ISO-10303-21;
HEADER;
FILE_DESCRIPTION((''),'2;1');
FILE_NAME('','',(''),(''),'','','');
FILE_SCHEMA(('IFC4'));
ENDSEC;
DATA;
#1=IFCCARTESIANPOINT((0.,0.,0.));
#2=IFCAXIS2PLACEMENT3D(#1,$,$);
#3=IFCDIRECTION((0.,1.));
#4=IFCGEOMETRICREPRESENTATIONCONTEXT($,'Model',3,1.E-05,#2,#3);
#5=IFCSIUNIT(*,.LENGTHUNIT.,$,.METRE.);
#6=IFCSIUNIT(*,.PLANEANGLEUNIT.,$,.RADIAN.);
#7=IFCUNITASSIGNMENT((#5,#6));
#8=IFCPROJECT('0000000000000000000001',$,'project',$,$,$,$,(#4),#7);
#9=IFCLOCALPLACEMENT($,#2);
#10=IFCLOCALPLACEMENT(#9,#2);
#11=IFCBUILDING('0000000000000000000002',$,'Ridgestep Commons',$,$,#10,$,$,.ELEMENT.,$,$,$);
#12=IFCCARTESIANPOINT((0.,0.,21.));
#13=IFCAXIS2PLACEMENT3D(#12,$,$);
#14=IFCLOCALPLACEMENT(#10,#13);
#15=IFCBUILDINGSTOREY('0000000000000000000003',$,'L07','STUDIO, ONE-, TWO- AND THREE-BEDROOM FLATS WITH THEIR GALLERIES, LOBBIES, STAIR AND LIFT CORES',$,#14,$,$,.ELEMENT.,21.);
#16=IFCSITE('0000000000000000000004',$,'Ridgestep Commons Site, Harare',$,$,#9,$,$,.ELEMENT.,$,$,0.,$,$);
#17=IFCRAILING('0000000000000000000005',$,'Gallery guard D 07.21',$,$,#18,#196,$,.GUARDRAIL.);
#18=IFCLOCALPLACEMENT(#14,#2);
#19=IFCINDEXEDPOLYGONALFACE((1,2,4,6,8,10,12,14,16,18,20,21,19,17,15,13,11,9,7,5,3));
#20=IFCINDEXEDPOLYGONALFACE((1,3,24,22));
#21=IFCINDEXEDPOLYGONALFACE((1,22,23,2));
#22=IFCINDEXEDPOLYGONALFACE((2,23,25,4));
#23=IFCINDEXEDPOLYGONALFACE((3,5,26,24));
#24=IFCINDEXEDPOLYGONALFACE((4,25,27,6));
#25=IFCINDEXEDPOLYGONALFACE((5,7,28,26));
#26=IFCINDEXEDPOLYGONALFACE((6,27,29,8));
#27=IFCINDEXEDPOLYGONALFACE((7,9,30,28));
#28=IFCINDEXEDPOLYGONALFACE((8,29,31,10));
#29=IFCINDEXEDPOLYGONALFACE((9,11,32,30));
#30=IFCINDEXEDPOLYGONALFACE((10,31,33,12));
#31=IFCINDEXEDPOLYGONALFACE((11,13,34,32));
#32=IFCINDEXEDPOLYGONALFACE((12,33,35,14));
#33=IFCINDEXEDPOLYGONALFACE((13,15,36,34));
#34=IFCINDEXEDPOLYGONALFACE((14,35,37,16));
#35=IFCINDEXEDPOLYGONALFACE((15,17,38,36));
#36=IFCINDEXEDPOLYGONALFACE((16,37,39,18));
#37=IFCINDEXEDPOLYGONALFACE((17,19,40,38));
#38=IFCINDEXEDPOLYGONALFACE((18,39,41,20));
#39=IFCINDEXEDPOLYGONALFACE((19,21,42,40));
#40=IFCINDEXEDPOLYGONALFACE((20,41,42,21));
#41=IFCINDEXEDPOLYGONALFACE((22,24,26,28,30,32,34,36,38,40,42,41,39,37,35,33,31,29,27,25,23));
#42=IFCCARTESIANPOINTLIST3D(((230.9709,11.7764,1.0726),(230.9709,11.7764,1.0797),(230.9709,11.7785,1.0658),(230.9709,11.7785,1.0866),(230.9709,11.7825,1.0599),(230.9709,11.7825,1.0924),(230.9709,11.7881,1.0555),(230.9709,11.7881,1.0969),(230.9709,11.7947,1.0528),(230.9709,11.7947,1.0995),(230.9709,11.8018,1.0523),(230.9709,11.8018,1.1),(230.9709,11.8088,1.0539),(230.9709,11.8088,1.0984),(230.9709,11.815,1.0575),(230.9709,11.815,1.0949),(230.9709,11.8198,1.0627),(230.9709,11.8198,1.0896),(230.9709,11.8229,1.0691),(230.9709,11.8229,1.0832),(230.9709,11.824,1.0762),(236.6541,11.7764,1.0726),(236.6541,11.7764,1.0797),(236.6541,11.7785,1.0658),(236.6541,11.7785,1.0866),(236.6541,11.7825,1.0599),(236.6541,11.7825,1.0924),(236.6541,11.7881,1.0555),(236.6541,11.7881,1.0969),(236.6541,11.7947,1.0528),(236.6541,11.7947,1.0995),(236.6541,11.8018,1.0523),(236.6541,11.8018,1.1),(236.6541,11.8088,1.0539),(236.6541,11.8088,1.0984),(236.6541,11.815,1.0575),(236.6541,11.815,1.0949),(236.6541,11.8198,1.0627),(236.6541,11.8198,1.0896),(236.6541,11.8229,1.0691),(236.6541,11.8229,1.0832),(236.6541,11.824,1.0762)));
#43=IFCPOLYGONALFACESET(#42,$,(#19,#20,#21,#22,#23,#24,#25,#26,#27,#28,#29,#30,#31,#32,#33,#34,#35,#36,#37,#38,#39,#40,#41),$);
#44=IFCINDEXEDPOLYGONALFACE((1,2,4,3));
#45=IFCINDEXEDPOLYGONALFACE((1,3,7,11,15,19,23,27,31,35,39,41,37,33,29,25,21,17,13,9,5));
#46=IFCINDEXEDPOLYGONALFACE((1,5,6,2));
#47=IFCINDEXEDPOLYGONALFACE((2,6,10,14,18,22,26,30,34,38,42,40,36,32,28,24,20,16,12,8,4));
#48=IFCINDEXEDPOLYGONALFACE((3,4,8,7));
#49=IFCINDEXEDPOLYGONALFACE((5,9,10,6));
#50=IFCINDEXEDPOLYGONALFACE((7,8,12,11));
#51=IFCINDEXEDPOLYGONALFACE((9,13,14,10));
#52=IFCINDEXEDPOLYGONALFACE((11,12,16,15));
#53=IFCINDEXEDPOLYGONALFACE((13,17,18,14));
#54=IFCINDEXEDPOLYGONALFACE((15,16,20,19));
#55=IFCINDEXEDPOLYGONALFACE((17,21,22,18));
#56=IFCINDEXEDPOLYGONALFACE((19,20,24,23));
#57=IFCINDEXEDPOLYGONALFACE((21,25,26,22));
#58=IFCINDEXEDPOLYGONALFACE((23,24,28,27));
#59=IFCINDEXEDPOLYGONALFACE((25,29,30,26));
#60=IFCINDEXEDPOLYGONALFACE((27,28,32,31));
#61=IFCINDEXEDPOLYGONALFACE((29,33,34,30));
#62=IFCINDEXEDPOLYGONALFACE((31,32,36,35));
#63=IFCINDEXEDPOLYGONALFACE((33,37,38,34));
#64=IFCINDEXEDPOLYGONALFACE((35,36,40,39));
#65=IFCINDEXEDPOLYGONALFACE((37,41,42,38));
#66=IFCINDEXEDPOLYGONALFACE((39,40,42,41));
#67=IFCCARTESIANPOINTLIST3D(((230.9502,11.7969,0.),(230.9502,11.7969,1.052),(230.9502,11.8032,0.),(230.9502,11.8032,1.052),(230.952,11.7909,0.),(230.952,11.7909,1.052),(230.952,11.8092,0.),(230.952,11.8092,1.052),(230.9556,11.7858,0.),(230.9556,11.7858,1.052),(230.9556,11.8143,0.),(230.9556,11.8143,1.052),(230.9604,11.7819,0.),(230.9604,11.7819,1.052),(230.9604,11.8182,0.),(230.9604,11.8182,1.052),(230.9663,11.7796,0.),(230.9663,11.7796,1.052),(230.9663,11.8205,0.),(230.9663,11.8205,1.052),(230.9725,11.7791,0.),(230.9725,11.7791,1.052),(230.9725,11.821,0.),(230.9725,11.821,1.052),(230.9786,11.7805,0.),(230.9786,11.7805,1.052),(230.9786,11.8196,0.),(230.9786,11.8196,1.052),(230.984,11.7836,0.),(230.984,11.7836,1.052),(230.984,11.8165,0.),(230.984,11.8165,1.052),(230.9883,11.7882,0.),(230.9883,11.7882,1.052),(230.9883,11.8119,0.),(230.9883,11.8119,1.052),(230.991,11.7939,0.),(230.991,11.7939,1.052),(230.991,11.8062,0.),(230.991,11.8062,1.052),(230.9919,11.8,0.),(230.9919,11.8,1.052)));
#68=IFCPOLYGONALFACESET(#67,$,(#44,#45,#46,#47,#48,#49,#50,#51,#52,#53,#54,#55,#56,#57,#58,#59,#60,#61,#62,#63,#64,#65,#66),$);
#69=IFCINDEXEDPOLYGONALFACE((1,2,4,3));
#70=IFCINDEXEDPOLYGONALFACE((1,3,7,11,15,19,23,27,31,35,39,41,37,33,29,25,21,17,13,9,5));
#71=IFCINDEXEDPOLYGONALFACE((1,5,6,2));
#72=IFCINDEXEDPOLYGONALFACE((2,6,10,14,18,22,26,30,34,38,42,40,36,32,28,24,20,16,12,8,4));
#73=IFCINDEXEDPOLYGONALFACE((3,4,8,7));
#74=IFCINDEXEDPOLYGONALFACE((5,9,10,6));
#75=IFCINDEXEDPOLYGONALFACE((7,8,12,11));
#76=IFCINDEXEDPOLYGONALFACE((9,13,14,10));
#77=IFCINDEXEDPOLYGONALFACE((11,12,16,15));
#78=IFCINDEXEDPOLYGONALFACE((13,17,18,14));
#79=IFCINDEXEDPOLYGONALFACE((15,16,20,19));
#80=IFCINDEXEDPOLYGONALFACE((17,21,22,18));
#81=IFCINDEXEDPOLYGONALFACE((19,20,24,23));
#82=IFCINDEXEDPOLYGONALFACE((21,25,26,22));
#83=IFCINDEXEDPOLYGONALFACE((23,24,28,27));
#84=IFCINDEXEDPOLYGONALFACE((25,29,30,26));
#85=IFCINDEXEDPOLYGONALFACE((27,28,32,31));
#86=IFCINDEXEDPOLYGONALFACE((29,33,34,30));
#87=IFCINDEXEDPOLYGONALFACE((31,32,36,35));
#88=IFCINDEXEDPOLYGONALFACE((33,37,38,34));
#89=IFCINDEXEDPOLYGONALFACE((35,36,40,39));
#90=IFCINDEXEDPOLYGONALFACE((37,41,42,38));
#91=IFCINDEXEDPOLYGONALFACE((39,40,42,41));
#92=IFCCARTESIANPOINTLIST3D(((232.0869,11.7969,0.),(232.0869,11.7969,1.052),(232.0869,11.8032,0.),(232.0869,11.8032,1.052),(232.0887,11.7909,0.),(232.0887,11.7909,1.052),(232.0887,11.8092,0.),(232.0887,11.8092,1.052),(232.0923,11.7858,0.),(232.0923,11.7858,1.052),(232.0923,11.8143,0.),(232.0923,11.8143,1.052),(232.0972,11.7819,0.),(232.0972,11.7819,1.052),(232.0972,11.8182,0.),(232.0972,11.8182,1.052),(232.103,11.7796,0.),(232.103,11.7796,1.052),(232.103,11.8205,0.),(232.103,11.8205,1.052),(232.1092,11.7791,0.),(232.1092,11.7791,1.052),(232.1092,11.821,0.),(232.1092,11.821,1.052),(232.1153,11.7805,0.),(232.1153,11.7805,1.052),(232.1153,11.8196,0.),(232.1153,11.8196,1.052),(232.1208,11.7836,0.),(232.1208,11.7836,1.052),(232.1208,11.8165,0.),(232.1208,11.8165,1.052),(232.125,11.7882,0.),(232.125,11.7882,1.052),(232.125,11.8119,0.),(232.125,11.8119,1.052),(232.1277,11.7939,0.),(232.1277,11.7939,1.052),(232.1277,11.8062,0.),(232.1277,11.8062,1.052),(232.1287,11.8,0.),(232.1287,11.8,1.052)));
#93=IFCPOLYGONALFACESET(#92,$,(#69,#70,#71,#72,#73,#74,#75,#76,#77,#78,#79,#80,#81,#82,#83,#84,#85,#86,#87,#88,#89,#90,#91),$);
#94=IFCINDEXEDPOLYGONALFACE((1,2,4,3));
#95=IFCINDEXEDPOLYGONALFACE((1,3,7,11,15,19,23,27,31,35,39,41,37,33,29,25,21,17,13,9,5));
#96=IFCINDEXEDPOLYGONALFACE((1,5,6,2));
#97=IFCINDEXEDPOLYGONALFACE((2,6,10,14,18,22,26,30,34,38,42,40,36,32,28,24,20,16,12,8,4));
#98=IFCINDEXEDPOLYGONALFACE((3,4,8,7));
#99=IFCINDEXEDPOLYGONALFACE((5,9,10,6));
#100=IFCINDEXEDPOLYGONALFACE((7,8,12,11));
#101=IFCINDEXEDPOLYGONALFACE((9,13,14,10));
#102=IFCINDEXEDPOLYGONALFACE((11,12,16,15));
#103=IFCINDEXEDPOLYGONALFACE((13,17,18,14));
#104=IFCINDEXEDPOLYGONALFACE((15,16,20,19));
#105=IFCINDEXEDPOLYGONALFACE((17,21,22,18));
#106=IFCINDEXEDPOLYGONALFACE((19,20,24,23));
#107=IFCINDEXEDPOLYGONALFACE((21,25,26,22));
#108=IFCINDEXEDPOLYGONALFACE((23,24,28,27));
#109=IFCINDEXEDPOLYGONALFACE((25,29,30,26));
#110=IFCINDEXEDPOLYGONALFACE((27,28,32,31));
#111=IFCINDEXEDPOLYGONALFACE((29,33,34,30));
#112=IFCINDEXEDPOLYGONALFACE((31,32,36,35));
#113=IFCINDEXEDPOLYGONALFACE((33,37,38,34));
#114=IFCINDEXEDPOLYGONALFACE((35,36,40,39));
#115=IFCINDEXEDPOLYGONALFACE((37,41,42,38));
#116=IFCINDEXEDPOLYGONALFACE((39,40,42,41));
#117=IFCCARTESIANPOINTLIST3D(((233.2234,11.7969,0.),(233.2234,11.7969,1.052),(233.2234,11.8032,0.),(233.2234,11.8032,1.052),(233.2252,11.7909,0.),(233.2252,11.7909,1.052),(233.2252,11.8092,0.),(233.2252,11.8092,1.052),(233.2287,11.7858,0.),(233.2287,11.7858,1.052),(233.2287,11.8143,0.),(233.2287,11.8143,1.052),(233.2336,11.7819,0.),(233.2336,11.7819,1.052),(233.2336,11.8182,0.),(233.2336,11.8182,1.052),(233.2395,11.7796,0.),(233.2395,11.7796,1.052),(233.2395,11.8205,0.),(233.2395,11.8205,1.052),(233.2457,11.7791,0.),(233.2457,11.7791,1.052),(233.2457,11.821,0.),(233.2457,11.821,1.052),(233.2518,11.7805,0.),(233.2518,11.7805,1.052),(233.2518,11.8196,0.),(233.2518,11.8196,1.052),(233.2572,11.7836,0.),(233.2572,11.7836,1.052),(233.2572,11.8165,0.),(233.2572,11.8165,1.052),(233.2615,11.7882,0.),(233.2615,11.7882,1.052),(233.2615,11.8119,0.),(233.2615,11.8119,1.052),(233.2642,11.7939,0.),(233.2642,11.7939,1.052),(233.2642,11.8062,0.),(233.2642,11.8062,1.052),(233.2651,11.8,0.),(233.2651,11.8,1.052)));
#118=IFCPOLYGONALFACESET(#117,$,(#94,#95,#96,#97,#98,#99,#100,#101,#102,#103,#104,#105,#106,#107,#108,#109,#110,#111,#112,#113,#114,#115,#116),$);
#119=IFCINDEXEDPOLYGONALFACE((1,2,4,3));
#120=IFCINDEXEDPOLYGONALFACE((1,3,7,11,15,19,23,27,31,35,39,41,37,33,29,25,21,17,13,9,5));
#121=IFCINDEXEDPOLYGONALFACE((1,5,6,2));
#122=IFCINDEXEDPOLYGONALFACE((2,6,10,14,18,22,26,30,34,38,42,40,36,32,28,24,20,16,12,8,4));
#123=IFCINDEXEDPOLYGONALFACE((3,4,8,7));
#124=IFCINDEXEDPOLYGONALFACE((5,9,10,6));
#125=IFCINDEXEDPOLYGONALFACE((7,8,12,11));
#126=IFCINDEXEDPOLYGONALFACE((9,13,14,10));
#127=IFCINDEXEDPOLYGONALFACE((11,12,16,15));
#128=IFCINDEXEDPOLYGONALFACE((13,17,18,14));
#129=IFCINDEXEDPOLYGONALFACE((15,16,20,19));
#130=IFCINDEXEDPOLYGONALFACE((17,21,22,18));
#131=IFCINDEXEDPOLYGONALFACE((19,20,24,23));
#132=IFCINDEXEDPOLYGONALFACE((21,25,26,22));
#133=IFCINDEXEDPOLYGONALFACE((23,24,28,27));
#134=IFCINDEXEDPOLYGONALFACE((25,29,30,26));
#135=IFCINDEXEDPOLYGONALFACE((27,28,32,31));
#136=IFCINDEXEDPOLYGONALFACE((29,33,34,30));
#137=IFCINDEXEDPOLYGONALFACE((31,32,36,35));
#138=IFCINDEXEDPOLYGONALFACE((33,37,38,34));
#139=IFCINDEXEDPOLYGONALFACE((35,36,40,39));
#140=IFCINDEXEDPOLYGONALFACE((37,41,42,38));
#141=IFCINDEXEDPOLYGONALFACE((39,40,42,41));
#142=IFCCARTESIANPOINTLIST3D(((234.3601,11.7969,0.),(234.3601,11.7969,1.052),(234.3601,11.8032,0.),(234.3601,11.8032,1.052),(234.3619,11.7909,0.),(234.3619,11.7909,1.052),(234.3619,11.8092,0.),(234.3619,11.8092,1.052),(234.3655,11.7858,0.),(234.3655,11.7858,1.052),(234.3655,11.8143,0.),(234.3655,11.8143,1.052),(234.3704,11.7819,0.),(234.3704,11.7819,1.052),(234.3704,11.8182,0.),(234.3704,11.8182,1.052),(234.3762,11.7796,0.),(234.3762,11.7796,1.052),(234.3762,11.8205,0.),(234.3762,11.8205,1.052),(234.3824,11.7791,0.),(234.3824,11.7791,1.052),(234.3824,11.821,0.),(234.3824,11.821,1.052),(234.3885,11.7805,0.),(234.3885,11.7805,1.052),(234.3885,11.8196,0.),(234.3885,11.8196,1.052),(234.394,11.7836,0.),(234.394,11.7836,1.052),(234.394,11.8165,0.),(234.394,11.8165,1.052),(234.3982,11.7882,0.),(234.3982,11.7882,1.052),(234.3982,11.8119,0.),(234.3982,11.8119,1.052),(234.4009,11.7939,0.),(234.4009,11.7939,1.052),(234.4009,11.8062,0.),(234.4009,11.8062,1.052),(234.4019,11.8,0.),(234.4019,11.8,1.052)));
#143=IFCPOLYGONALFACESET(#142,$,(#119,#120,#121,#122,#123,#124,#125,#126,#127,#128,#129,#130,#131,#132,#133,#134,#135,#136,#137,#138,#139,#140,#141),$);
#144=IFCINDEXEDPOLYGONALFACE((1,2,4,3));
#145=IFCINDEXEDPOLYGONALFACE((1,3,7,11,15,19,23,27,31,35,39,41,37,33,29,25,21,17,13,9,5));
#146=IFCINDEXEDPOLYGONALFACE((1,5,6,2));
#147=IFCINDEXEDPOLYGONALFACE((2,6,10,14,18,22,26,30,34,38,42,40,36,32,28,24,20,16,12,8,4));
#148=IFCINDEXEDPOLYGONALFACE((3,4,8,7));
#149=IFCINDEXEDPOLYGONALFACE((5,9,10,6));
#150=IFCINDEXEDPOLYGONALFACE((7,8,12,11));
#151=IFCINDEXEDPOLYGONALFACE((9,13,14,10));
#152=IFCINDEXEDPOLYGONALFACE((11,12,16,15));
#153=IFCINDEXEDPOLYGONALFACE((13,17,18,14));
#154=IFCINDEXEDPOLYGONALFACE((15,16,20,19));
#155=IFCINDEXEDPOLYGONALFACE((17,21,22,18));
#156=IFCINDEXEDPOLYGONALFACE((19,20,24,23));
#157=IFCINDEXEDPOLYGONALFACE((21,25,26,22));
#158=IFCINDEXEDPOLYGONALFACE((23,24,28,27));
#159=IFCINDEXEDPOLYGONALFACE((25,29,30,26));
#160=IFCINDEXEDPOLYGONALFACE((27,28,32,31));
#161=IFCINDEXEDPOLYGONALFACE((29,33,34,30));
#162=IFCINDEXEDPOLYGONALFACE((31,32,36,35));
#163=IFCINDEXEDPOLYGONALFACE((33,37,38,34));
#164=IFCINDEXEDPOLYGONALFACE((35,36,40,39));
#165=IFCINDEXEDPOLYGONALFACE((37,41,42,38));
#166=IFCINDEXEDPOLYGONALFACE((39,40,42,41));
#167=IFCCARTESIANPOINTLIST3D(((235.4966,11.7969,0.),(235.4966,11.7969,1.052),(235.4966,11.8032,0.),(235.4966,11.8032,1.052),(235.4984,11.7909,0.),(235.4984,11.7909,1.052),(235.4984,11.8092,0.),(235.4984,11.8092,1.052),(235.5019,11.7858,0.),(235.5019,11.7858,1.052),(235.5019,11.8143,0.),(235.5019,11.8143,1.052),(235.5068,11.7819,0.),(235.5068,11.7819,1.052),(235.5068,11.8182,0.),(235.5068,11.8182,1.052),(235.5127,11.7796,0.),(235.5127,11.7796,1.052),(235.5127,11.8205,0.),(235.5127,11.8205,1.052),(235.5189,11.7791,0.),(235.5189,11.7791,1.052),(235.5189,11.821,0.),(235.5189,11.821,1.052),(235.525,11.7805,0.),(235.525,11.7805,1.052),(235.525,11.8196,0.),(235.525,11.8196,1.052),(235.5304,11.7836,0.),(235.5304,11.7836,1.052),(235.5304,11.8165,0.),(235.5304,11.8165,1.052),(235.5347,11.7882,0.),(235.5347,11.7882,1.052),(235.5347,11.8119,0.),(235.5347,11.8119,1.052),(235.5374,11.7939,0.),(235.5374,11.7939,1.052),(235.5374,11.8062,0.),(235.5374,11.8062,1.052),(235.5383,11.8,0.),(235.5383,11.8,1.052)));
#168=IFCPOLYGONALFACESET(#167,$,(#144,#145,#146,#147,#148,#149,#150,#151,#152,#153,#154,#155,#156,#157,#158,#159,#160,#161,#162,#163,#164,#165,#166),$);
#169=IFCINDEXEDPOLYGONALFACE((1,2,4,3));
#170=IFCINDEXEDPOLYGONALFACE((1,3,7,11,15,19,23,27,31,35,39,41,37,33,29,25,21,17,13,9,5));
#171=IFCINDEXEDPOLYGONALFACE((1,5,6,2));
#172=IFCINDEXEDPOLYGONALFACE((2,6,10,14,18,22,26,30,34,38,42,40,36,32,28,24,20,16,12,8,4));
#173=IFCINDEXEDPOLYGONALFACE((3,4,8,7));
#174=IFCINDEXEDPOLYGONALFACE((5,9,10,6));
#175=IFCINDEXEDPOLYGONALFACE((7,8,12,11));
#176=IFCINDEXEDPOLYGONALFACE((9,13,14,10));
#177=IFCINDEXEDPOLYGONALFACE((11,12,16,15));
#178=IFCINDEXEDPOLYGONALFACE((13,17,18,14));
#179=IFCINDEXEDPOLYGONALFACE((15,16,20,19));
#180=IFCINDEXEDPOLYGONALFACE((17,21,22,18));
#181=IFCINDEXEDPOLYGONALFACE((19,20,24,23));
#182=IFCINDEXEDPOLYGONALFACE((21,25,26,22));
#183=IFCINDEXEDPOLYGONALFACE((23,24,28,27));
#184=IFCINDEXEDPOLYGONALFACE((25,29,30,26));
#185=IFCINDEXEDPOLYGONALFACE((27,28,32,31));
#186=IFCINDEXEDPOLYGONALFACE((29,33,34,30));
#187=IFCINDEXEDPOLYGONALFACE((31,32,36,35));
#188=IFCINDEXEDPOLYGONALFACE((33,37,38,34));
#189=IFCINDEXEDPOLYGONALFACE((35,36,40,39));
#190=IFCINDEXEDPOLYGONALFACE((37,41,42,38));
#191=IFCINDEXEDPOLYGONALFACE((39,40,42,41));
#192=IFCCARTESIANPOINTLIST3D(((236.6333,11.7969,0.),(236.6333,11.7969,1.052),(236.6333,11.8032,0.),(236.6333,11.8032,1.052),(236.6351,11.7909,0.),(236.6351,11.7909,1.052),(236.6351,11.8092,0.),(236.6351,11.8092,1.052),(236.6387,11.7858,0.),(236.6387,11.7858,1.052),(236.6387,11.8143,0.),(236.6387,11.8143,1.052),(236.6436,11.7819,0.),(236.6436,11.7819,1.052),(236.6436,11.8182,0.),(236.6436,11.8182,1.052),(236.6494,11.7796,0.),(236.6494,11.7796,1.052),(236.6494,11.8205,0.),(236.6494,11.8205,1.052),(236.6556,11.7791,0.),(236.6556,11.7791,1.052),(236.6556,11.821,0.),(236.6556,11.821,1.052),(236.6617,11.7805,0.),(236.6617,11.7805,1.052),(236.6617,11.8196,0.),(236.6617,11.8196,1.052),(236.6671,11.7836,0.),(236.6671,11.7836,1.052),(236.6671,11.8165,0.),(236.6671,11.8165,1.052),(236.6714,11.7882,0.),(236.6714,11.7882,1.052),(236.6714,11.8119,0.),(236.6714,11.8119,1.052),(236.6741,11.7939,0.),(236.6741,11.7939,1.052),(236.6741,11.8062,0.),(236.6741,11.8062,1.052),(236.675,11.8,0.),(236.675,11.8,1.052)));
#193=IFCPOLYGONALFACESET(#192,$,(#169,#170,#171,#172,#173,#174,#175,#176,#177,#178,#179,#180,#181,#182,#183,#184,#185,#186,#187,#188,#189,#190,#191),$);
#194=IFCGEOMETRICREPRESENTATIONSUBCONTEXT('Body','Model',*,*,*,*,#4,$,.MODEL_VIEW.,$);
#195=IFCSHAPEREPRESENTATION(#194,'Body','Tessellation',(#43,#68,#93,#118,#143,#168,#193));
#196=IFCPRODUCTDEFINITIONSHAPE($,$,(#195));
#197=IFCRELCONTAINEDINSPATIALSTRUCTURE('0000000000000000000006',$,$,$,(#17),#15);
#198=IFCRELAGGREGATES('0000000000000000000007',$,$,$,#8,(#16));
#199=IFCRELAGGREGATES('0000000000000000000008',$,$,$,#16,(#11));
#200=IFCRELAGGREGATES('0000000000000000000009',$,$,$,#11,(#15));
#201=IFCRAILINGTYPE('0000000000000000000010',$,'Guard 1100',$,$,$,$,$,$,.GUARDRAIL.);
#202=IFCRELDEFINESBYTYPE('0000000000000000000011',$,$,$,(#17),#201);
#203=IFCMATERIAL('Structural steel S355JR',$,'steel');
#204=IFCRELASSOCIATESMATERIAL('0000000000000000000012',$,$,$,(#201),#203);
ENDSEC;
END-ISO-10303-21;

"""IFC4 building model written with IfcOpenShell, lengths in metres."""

from ifc_helpers import new_model, si_unit, direction, frame, origin, origin_2d, place, context, subcontext, project, spatial, circle, extrude, material, type_object, element, save


model = new_model("IFC4")

# Units and contexts
model_context = context("Model", 3, precision=1e-05, world=origin(), true_north=direction((0.0, 1.0)))
body_context = subcontext(model_context, "Body", "Model", "MODEL_VIEW")
ifc_project = project(units=[si_unit("LENGTHUNIT", "METRE"), si_unit("PLANEANGLEUNIT", "RADIAN")], contexts=[model_context])

# Site, building, storey
site_placement = place(None, origin())
site = spatial("IfcSite", under=ifc_project, at=site_placement, Name="Ridgestep Commons Site, Harare", CompositionType="ELEMENT", RefElevation=0.0)
building_placement = place(site_placement, origin())
building = spatial("IfcBuilding", under=site, at=building_placement, Name="Ridgestep Commons", CompositionType="ELEMENT")
storey_placement = place(building_placement, frame((0.0, 0.0, 21.0)))
storey = spatial("IfcBuildingStorey", under=building, at=storey_placement, Name="L07", Description="STUDIO, ONE-, TWO- AND THREE-BEDROOM FLATS WITH THEIR GALLERIES, LOBBIES, STAIR AND LIFT CORES", CompositionType="ELEMENT", Elevation=21.0)

# Railing
ifc_material_1 = material(Name="Structural steel S355JR", Category="steel")
railing_type_1 = type_object("IfcRailingType", Name="Guard 1100", PredefinedType="GUARDRAIL", material=ifc_material_1)
railing_1_placement = place(storey_placement, frame((230.9709, 11.8, 0.0)))
element("IfcRailing", 1, at=railing_1_placement, inside=storey, type_object=railing_type_1, Name="Gallery guard D 07.21", PredefinedType="GUARDRAIL", context=body_context, shape_type="SweptSolid", body=[
    extrude(circle(Radius=0.0239, at=origin_2d()), frame((0.0, 0.0, 1.0762), z_axis=(1.0, 0.0, 0.0), x_axis=(0.0, 1.0, 0.0)), (0.0, 0.0, 1.0), 5.6831),
    extrude(circle(Radius=0.021, at=origin_2d()), origin(), (0.0, 0.0, 1.0), 1.052),
    extrude(circle(Radius=0.021, at=origin_2d()), frame((1.1367, 0.0, 0.0)), (0.0, 0.0, 1.0), 1.052),
    extrude(circle(Radius=0.021, at=origin_2d()), frame((2.2732, 0.0, 0.0)), (0.0, 0.0, 1.0), 1.052),
    extrude(circle(Radius=0.021, at=origin_2d()), frame((3.4099, 0.0, 0.0)), (0.0, 0.0, 1.0), 1.052),
    extrude(circle(Radius=0.021, at=origin_2d()), frame((4.5464, 0.0, 0.0)), (0.0, 0.0, 1.0), 1.052),
    extrude(circle(Radius=0.021, at=origin_2d()), frame((5.6831, 0.0, 0.0)), (0.0, 0.0, 1.0), 1.052),
])

save(model, "model.ifc")
